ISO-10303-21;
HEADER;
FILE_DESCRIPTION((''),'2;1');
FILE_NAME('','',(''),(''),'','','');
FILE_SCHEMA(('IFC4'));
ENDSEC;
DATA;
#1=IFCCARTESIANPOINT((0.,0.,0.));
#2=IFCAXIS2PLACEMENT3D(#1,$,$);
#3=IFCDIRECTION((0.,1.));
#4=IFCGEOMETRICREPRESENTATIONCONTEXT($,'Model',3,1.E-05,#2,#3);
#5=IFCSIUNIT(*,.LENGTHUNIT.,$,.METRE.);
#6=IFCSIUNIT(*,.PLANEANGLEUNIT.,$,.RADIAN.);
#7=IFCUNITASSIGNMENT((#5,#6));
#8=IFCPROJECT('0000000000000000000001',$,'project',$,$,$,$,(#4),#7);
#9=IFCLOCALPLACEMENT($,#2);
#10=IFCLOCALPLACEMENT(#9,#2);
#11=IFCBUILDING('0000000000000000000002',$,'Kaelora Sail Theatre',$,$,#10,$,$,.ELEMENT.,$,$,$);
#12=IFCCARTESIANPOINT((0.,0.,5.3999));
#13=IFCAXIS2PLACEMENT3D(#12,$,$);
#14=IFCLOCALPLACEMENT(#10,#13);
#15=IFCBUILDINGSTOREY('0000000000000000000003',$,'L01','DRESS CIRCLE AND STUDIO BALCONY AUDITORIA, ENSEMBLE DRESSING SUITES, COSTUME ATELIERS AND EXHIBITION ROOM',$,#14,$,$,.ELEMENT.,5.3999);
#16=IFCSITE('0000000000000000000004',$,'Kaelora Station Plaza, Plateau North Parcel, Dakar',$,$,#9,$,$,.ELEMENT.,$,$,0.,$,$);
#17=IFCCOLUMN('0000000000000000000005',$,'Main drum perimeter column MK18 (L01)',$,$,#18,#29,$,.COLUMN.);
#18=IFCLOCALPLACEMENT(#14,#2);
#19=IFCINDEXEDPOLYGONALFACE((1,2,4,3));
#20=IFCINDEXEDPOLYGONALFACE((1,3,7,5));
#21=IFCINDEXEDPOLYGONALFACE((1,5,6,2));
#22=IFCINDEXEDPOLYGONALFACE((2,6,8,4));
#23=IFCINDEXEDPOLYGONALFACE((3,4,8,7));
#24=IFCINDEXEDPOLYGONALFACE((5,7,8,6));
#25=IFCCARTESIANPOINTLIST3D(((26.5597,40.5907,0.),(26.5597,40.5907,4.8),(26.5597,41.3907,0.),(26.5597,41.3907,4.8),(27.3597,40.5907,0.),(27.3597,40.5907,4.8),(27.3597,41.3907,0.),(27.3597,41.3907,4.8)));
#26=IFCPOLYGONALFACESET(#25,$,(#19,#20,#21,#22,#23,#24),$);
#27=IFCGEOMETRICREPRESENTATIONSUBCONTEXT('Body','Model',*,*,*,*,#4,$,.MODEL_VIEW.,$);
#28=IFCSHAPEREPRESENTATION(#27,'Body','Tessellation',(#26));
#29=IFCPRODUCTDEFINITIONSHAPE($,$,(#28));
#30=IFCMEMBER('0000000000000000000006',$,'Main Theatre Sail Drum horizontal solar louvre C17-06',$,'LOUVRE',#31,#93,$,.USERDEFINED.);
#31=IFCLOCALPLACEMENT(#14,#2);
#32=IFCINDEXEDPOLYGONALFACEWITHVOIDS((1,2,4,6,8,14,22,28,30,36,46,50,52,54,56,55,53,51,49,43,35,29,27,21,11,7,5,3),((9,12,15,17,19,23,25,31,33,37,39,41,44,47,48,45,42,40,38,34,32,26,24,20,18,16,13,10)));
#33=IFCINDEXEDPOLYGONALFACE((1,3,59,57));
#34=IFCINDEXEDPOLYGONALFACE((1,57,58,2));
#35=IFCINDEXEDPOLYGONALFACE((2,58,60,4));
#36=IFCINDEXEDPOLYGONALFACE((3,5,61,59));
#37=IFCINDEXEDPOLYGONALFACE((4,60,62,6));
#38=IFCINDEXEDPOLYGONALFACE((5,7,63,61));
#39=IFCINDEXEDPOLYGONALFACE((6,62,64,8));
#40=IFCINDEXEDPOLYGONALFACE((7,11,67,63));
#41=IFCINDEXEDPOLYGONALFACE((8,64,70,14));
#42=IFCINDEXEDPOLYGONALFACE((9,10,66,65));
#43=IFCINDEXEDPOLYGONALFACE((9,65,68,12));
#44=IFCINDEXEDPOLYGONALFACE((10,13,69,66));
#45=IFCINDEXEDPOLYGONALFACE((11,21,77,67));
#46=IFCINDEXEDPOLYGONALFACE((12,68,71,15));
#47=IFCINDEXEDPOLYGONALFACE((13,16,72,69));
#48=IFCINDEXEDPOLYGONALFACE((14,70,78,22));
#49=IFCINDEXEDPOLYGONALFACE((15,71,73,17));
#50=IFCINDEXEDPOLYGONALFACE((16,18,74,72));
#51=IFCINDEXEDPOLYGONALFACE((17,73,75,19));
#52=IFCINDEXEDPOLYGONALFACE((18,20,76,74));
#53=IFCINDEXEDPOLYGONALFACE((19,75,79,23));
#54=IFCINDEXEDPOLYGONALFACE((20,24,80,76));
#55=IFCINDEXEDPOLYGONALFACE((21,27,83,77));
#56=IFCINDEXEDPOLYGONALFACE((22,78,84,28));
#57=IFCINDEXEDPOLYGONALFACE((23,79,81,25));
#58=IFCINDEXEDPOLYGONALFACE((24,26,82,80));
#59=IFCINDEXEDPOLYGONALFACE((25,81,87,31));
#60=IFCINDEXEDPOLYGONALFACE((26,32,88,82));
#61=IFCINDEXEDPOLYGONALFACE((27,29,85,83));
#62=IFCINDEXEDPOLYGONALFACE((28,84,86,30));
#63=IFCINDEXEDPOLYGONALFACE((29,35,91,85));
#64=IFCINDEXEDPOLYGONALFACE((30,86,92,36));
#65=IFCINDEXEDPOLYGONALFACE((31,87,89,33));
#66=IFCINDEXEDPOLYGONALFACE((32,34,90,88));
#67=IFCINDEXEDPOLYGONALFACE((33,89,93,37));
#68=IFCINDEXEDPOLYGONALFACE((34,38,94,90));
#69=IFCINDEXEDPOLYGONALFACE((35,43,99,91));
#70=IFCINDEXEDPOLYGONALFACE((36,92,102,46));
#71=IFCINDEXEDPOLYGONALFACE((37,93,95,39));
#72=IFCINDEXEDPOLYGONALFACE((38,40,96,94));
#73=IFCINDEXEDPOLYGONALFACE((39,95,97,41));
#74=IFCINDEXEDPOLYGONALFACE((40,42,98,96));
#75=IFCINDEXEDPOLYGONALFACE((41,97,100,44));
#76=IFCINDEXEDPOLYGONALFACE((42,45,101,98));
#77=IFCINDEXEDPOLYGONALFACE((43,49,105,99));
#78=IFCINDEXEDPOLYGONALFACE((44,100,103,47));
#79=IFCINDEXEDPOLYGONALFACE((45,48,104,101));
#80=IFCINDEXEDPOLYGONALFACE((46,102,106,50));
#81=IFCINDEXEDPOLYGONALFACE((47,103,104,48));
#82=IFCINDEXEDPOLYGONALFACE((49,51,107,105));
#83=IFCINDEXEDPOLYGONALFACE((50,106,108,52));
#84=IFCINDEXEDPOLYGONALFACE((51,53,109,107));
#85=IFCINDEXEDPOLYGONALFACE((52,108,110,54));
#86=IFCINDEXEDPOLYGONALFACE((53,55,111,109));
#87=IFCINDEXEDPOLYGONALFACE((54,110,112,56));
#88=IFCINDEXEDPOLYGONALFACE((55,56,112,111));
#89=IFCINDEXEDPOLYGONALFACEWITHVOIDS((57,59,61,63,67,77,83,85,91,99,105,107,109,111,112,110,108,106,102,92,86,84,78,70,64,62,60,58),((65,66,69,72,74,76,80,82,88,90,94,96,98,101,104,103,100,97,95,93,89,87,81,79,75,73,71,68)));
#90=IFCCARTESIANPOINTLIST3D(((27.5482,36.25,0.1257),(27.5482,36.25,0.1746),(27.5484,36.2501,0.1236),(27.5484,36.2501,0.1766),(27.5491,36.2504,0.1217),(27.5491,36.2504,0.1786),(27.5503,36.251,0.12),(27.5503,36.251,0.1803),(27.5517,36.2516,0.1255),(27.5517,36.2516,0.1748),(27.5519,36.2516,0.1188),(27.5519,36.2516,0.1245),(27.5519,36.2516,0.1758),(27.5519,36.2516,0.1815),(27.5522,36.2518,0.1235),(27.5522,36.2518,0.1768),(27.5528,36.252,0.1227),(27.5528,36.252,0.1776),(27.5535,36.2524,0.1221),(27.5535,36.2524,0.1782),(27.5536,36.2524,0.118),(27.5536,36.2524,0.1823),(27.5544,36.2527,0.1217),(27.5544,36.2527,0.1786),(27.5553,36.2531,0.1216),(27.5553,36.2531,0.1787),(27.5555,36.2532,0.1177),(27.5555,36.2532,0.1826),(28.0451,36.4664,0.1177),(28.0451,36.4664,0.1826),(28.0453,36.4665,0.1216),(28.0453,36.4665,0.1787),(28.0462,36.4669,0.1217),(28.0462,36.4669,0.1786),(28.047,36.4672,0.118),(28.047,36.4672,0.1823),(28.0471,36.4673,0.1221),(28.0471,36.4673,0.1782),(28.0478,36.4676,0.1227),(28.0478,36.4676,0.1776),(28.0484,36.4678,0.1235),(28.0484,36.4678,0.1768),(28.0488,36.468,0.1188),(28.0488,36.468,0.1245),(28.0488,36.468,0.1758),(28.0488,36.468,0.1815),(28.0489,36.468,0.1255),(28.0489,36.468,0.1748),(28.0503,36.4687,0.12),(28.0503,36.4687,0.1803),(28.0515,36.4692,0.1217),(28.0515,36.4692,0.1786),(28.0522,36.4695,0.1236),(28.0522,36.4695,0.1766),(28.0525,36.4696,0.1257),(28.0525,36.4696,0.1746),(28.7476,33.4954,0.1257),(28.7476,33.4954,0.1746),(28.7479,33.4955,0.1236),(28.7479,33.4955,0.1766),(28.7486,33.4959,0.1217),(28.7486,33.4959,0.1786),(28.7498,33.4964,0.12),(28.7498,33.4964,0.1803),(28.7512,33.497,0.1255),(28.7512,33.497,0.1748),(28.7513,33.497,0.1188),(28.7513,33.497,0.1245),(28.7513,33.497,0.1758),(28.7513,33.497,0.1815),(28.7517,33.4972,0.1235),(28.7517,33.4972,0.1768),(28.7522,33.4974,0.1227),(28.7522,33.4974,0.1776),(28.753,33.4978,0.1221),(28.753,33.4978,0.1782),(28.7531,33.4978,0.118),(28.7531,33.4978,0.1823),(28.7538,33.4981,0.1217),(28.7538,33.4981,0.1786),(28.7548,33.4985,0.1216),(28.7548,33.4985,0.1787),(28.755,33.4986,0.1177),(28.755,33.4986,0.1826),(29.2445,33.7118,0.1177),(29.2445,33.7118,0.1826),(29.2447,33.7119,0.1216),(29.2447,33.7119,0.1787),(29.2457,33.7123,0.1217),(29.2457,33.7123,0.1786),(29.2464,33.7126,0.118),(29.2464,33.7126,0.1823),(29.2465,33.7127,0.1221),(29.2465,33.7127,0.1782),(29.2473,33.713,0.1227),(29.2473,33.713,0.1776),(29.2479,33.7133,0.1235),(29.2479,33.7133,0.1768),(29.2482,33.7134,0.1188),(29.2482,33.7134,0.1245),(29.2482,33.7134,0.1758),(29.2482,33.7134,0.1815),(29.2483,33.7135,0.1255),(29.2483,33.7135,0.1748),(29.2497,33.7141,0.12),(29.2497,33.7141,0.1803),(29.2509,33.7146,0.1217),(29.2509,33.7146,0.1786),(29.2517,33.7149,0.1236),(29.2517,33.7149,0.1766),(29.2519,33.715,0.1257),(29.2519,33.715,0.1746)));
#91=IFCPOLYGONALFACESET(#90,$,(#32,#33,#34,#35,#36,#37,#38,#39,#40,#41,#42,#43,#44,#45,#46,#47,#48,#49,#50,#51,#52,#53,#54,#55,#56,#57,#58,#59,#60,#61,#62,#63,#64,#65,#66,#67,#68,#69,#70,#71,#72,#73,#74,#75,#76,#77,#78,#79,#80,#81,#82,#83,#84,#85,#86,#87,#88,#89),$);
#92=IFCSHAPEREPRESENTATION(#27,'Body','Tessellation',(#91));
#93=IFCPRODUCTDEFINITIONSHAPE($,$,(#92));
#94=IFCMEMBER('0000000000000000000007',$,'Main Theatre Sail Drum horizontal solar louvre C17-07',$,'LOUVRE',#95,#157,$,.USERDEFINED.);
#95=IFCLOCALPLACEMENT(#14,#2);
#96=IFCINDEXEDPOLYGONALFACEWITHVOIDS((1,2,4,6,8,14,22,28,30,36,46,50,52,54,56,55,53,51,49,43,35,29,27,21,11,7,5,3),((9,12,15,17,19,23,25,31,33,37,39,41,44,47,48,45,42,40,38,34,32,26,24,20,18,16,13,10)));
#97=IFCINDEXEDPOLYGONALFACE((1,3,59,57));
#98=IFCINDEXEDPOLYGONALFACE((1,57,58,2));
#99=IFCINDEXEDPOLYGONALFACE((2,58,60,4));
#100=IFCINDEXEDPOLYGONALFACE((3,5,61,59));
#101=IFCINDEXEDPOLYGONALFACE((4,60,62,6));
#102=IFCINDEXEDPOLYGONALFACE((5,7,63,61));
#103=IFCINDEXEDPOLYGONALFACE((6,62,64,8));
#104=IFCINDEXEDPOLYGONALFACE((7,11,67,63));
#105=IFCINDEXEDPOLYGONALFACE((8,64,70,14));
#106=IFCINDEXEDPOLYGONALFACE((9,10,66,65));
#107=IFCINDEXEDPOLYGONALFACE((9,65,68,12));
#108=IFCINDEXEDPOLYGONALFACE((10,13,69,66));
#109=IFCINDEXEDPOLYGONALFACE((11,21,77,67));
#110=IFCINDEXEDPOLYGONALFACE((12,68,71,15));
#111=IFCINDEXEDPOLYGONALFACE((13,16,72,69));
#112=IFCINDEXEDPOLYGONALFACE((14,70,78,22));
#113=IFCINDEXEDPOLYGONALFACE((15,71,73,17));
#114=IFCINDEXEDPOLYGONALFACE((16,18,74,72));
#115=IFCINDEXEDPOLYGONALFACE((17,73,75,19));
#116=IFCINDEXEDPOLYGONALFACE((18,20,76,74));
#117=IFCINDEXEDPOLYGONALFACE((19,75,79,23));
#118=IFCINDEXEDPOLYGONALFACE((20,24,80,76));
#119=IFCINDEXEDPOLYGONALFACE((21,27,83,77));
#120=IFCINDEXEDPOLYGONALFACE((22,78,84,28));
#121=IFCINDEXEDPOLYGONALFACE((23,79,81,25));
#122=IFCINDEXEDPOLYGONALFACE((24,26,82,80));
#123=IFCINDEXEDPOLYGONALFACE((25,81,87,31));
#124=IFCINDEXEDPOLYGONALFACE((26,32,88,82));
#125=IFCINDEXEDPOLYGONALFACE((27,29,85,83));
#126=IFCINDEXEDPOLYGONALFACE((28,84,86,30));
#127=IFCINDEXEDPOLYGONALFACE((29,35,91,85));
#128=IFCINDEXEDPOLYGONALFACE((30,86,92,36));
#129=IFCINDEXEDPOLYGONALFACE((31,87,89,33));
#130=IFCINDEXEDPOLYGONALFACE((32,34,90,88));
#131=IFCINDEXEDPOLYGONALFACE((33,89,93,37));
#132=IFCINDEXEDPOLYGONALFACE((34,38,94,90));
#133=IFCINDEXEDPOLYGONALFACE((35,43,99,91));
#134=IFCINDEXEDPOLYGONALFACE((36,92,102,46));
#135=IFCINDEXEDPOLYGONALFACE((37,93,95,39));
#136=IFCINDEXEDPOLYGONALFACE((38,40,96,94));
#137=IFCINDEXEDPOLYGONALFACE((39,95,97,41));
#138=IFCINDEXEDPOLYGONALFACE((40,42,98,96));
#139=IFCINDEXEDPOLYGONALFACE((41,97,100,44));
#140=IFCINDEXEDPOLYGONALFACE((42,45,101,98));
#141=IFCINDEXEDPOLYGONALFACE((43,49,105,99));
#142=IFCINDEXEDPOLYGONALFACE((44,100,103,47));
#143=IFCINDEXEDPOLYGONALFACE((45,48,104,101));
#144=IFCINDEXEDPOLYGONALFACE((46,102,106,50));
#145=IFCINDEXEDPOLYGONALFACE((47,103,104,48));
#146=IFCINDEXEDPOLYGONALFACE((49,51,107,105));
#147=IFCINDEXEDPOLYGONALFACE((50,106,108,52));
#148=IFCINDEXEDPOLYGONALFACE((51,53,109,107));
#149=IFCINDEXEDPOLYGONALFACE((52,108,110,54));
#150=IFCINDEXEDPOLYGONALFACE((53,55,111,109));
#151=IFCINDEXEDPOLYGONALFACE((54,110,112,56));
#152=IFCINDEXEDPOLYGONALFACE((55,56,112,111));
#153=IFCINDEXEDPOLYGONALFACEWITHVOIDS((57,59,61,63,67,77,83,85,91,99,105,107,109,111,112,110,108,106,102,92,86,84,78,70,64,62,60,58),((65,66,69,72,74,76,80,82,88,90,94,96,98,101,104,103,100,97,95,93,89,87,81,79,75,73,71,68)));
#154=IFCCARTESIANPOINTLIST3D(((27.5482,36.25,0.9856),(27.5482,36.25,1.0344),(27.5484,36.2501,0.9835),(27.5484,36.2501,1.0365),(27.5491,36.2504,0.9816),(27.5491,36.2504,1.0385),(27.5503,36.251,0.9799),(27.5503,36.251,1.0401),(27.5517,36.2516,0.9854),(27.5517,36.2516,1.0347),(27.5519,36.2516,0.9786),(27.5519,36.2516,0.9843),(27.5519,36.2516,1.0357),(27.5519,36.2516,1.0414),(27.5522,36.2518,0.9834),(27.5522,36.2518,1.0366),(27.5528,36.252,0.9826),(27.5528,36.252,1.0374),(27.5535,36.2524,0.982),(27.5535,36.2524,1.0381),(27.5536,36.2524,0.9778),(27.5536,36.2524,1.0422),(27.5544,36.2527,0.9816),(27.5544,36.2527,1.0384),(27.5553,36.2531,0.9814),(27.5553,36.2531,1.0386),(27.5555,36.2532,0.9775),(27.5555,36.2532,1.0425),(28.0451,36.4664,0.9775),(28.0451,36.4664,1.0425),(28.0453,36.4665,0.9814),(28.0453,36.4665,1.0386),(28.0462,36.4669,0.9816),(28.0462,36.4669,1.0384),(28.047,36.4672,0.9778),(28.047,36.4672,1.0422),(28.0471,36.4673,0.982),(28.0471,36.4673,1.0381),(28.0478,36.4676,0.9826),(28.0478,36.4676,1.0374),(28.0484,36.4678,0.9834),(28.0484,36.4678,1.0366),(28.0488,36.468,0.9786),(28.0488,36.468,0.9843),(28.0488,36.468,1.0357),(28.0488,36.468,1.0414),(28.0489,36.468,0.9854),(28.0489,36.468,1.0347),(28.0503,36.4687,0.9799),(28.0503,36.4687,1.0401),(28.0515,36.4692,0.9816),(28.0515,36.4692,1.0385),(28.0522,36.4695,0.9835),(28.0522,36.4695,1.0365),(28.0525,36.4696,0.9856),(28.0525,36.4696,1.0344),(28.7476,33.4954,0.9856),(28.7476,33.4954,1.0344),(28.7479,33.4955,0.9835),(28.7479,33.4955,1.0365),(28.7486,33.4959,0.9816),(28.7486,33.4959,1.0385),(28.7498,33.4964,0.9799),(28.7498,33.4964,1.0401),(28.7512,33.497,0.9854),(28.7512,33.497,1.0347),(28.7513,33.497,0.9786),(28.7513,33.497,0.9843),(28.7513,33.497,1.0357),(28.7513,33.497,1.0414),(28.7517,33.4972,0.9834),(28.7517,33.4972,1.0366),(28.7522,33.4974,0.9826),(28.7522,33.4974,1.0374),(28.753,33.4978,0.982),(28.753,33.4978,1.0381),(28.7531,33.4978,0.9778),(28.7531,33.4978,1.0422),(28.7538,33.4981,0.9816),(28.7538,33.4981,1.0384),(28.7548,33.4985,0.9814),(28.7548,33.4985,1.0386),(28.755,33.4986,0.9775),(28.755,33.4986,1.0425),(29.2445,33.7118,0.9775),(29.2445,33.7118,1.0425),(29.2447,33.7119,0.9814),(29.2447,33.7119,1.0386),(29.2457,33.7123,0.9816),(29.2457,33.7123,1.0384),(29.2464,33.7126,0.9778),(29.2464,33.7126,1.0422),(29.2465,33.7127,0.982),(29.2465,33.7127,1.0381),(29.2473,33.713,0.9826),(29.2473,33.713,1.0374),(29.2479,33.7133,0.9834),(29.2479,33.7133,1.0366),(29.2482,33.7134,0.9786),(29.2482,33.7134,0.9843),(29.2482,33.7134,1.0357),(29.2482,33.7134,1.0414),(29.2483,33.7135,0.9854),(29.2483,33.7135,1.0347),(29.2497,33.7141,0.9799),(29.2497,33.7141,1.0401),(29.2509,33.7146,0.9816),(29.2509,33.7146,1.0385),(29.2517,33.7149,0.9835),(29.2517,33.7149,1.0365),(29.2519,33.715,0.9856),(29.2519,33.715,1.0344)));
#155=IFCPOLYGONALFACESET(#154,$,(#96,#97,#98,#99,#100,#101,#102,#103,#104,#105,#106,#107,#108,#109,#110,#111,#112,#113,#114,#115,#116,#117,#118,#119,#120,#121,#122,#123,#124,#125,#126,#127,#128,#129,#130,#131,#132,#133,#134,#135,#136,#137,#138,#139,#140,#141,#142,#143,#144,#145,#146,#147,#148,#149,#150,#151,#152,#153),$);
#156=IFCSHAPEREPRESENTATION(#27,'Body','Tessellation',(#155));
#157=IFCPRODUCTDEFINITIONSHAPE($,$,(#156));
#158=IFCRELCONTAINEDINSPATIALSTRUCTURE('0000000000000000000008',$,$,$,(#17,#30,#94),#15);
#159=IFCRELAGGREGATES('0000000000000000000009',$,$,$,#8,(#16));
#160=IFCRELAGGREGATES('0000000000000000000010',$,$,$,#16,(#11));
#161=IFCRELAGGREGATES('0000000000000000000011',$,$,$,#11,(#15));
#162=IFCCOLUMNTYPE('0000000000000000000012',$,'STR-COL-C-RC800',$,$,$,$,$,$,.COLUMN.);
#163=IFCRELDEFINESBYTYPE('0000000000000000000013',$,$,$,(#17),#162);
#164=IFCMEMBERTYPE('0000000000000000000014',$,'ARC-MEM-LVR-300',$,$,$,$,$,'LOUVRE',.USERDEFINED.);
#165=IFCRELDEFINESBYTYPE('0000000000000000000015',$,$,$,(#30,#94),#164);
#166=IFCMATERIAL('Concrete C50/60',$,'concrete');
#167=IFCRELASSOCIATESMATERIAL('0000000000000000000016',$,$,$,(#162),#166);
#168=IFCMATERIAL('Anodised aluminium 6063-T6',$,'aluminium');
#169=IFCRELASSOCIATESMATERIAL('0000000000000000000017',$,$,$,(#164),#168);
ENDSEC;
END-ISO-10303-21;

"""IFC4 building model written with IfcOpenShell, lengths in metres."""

from ifc_helpers import new_model, si_unit, direction, frame, origin, origin_2d, place, context, subcontext, project, spatial, rectangle, hollow_rectangle, extrude, material, material_profile, profile_set, type_object, element, save


model = new_model("IFC4")

# Units and contexts
model_context = context("Model", 3, precision=1e-05, world=origin(), true_north=direction((0.0, 1.0)))
body_context = subcontext(model_context, "Body", "Model", "MODEL_VIEW")
ifc_project = project(units=[si_unit("LENGTHUNIT", "METRE"), si_unit("PLANEANGLEUNIT", "RADIAN")], contexts=[model_context])

# Site, building, storey
site_placement = place(None, origin())
site = spatial("IfcSite", under=ifc_project, at=site_placement, Name="Kaelora Station Plaza, Plateau North Parcel, Dakar", CompositionType="ELEMENT", RefElevation=0.0)
building_placement = place(site_placement, origin())
building = spatial("IfcBuilding", under=site, at=building_placement, Name="Kaelora Sail Theatre", CompositionType="ELEMENT")
storey_placement = place(building_placement, frame((0.0, 0.0, 5.3999)))
storey = spatial("IfcBuildingStorey", under=building, at=storey_placement, Name="L01", Description="DRESS CIRCLE AND STUDIO BALCONY AUDITORIA, ENSEMBLE DRESSING SUITES, COSTUME ATELIERS AND EXHIBITION ROOM", CompositionType="ELEMENT", Elevation=5.3999)

# Column
ifc_material_1 = material(Name="Concrete C50/60", Category="concrete")
ifc_material_profile_1 = material_profile(ifc_material_1, rectangle(XDim=0.8, YDim=0.8, at=origin_2d()), Name="RC-COL 800x800")
ifc_profile_set_1 = profile_set([ifc_material_profile_1], Name="Concrete C50/60")
column_type = type_object("IfcColumnType", Name="STR-COL-C-RC800", PredefinedType="COLUMN", material=ifc_profile_set_1)
column_placement = place(storey_placement, frame((26.9597, 40.9907, 0.0), z_axis=(0.0, 0.0, 1.0), x_axis=(1.0, 0.0, 0.0)))
element("IfcColumn", 1, at=column_placement, inside=storey, type_object=column_type, Name="Main drum perimeter column MK18 (L01)", PredefinedType="COLUMN", context=body_context, shape_type="SweptSolid", body=[
    extrude(rectangle(XDim=0.8, YDim=0.8, at=origin_2d()), origin(), (0.0, 0.0, 1.0), 4.8),
])

# Members
ifc_material_2 = material(Name="Anodised aluminium 6063-T6", Category="aluminium")
ifc_material_profile_2 = material_profile(ifc_material_2, hollow_rectangle(XDim=0.55, YDim=0.0649, WallThickness=0.0039, InnerFilletRadius=0.0039, OuterFilletRadius=0.0081, at=origin_2d()), Name="LOUVRE 550x65x4")
ifc_profile_set_2 = profile_set([ifc_material_profile_2], Name="Anodised aluminium 6063-T6")
member_type = type_object("IfcMemberType", Name="ARC-MEM-LVR-300", ElementType="LOUVRE", PredefinedType="USERDEFINED", material=ifc_profile_set_2)
for number, where, z_axis, x_axis, name in (
    (2, (28.9998, 33.6052, 0.1501), (-0.399228, 0.916852, 0.0), (-0.916852, -0.399228, 0.0), "Main Theatre Sail Drum horizontal solar louvre C17-06"),
    (3, (28.9998, 33.6052, 1.01), (-0.399228, 0.916852, 0.0), (-0.916852, -0.399228, 0.0), "Main Theatre Sail Drum horizontal solar louvre C17-07"),
):
    element("IfcMember", number, at=place(storey_placement, frame(where, z_axis=z_axis, x_axis=x_axis)), inside=storey, type_object=member_type, Name=name, ObjectType="LOUVRE", PredefinedType="USERDEFINED", context=body_context, shape_type="SweptSolid", body=[
        extrude(hollow_rectangle(XDim=0.55, YDim=0.0649, WallThickness=0.0039, InnerFilletRadius=0.0039, OuterFilletRadius=0.0081, at=origin_2d()), origin(), (0.0, 0.0, 1.0), 3.0044),
    ])

save(model, "model.ifc")
